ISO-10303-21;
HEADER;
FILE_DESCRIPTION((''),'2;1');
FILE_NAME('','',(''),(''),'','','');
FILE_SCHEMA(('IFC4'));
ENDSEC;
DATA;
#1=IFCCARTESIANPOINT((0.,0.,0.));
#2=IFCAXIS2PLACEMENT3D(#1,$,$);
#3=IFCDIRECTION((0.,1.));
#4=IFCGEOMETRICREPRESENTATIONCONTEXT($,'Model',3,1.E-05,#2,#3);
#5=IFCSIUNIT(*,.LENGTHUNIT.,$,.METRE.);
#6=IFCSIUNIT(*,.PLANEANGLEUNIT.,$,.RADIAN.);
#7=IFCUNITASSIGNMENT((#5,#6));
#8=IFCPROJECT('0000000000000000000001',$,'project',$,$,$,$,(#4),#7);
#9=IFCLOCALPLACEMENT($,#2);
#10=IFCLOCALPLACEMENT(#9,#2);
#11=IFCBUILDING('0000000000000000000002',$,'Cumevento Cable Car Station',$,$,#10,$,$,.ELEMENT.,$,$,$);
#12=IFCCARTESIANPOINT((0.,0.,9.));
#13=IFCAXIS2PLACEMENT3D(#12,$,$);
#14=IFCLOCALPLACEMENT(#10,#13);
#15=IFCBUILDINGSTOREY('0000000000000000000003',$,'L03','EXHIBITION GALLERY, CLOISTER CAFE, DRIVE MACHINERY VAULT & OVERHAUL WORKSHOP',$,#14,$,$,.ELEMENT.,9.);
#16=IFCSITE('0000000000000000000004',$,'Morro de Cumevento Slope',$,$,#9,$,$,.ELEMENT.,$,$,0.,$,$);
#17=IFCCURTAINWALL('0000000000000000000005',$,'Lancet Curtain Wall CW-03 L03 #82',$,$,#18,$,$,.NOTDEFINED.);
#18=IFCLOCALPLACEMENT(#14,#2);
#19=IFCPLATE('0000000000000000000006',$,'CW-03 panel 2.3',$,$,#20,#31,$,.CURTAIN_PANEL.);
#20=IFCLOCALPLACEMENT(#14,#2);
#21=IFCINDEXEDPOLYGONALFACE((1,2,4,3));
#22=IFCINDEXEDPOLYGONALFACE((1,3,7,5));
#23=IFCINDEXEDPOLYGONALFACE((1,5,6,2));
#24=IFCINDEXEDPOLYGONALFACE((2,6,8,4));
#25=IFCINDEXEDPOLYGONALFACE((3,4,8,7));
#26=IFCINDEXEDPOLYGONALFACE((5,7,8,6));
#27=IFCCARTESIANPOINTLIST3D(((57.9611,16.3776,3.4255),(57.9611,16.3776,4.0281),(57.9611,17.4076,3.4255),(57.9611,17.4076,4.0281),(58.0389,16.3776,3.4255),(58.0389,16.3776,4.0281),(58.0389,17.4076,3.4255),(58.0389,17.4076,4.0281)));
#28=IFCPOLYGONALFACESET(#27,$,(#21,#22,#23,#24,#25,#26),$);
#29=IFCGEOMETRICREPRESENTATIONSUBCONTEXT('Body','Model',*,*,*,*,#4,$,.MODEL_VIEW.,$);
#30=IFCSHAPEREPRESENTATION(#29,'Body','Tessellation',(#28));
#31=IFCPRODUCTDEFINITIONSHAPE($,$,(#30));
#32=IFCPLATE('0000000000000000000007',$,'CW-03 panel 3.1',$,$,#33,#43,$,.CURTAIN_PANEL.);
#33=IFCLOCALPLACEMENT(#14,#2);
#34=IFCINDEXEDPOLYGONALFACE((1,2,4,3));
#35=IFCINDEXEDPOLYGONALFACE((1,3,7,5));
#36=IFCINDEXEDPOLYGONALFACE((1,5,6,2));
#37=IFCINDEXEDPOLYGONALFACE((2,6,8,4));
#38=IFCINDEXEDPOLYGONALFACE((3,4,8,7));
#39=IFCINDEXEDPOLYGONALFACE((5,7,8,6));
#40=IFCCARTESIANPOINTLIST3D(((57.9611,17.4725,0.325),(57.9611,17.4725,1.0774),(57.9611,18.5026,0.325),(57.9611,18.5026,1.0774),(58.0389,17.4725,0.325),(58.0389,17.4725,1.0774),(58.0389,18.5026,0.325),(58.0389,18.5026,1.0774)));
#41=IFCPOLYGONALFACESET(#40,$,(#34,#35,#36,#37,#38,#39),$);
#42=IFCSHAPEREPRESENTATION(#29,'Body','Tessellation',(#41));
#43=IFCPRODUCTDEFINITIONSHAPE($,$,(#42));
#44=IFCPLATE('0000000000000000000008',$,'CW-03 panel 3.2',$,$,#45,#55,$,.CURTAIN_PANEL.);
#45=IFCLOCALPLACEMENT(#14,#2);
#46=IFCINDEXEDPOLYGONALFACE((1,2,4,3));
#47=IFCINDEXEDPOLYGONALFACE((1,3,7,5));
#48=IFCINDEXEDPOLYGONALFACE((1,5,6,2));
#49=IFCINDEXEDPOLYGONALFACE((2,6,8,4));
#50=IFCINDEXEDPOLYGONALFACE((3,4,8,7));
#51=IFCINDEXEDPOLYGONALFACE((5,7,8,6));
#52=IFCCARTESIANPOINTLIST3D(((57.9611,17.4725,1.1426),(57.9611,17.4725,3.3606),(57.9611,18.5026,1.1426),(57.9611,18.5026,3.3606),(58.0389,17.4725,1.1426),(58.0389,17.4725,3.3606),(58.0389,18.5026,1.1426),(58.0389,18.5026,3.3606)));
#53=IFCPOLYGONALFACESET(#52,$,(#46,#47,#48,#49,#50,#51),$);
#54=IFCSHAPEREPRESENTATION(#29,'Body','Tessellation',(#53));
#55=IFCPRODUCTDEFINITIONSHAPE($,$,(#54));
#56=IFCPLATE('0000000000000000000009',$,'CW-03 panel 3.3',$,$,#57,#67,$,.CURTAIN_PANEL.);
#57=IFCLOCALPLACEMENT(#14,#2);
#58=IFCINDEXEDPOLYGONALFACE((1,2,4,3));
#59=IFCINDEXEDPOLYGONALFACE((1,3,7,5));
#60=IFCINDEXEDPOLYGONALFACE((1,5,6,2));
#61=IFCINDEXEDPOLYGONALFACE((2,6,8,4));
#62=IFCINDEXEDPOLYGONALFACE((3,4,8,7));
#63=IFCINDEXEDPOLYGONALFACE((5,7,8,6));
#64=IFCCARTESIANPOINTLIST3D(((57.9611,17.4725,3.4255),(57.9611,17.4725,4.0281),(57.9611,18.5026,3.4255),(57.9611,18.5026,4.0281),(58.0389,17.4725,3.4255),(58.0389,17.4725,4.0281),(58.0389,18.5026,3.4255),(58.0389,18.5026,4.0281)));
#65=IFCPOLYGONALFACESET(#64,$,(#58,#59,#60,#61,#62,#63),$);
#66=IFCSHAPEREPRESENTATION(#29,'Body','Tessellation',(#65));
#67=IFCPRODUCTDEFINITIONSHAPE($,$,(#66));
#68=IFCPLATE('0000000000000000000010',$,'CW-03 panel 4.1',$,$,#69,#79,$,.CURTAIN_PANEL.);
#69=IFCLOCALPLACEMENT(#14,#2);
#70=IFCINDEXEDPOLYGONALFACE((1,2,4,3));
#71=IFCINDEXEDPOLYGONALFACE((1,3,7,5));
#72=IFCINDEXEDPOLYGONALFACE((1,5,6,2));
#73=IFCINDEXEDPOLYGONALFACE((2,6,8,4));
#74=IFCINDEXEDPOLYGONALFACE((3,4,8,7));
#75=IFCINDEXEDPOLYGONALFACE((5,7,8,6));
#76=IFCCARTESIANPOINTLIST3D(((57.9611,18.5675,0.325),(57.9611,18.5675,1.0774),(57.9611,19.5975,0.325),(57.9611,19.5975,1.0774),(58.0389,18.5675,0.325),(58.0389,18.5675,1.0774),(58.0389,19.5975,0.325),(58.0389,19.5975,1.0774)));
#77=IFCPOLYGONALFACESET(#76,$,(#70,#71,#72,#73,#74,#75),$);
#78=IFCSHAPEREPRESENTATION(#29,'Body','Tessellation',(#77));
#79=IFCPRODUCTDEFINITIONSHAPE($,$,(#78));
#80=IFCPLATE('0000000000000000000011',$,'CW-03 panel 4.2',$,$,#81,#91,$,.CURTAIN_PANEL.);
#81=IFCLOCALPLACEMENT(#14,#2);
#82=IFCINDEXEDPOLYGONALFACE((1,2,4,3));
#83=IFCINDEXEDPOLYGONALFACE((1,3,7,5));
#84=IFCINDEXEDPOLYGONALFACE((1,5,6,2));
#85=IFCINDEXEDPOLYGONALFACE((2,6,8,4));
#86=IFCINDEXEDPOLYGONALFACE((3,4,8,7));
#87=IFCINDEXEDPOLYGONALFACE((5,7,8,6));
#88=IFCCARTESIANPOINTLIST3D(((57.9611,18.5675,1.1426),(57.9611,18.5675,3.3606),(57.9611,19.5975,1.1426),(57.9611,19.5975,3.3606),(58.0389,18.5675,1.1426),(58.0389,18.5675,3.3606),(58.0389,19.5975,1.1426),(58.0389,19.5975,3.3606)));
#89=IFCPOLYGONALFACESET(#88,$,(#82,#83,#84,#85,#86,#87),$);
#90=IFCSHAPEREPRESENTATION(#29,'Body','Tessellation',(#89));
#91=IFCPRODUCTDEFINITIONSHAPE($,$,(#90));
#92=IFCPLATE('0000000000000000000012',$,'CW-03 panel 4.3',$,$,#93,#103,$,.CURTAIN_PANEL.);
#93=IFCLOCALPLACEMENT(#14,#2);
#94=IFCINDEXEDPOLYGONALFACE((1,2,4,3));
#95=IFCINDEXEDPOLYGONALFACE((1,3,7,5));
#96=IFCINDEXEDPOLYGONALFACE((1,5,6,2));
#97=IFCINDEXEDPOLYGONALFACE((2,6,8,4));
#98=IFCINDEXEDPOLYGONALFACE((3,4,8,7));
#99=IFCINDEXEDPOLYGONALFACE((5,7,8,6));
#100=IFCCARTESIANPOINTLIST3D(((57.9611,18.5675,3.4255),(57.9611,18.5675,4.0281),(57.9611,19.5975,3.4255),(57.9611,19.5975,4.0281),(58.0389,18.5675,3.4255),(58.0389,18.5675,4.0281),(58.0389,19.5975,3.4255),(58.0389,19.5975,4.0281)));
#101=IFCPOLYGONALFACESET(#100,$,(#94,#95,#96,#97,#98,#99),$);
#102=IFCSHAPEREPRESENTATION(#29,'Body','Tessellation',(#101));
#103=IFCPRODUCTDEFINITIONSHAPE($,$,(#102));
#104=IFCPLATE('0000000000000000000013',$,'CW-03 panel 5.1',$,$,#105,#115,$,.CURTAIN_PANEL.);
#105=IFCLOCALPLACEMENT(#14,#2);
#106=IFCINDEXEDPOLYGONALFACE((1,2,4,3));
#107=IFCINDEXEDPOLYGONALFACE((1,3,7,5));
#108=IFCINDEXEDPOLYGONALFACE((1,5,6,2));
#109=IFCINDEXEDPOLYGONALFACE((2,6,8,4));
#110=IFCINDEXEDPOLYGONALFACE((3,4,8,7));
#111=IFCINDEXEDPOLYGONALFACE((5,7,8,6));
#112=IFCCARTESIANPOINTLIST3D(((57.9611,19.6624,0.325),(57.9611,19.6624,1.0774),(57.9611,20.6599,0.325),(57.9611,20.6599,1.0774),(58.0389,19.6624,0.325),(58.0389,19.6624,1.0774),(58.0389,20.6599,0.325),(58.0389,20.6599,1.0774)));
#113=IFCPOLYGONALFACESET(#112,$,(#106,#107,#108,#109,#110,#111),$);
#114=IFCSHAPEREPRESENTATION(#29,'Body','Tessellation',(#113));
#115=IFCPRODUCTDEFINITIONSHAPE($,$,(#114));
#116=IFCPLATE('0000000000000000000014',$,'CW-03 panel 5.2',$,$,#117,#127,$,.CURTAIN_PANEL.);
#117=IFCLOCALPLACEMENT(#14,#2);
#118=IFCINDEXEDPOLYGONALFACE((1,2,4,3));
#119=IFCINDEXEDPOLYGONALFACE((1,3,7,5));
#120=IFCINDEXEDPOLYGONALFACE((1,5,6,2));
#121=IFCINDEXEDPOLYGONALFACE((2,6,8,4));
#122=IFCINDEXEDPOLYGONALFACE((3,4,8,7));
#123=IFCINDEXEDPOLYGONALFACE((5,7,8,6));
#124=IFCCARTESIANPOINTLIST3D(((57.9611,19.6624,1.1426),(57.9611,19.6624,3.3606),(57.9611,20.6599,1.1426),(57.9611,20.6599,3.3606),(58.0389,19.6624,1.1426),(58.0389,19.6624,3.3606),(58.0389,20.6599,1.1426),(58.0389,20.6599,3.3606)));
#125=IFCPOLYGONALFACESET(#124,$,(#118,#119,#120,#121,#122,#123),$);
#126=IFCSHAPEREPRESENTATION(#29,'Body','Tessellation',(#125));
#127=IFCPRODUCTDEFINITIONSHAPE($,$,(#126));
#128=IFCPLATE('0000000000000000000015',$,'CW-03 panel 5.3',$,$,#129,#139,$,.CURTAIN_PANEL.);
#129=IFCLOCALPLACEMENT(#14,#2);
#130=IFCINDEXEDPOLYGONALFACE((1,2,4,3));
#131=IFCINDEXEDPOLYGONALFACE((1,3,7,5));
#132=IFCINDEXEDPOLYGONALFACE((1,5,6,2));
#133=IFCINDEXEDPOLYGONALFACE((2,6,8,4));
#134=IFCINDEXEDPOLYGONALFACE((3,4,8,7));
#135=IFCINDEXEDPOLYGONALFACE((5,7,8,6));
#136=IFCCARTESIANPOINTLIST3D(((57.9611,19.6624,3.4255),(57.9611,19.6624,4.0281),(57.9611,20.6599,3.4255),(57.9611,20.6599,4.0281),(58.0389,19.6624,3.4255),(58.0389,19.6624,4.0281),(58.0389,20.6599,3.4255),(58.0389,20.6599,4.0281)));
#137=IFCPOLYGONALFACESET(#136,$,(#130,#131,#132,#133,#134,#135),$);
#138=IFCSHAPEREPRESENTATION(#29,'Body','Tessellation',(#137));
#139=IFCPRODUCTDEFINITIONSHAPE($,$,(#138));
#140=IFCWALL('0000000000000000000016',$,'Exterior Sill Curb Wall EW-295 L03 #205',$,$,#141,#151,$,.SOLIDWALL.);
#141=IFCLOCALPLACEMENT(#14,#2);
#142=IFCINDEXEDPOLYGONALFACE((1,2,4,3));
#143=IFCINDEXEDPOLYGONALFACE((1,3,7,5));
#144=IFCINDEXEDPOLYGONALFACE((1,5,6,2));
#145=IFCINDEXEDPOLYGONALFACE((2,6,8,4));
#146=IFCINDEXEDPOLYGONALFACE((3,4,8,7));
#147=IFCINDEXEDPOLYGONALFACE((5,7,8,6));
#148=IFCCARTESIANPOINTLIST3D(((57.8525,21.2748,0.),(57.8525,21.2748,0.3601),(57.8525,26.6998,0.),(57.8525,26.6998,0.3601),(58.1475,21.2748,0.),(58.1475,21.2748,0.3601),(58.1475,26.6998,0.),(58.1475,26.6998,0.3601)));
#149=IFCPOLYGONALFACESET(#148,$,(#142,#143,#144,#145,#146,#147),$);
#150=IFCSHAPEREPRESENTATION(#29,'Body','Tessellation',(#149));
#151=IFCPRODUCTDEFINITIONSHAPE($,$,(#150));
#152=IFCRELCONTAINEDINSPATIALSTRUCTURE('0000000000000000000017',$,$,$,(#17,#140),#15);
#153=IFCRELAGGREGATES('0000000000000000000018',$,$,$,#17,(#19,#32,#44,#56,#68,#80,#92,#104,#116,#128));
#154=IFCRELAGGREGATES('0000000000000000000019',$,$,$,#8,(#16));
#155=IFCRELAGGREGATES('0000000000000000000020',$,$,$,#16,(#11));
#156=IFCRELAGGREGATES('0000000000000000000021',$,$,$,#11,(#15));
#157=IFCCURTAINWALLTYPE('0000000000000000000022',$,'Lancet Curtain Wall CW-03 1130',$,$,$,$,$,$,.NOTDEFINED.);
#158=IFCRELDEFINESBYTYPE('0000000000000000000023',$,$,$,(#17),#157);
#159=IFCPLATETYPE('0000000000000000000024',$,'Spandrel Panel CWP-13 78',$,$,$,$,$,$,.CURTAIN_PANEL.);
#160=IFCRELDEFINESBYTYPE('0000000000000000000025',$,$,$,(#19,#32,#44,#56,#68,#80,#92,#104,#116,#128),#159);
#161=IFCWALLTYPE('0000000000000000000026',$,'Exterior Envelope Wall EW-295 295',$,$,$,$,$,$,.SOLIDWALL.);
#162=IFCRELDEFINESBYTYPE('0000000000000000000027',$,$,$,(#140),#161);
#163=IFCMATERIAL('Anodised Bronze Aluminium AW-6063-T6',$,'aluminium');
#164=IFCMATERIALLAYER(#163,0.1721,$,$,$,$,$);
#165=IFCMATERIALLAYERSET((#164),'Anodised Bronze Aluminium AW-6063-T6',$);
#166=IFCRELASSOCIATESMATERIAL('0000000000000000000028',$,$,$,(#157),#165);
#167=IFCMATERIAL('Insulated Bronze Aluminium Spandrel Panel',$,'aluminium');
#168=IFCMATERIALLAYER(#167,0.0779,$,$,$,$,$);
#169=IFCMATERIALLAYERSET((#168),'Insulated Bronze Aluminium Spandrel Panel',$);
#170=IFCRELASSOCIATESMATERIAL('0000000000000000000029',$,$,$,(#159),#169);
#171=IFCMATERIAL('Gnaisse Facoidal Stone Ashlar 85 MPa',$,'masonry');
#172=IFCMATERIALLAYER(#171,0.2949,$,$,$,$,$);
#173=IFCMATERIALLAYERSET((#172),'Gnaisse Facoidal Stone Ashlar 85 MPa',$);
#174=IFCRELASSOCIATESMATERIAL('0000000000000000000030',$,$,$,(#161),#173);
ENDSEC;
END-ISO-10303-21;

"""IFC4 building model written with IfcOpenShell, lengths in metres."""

from ifc_helpers import new_model, si_unit, direction, frame, frame_2d, origin, origin_2d, place, context, subcontext, project, spatial, rectangle, extrude, material, layer, layer_set, type_object, element, aggregate, save


model = new_model("IFC4")

# Units and contexts
model_context = context("Model", 3, precision=1e-05, world=origin(), true_north=direction((0.0, 1.0)))
body_context = subcontext(model_context, "Body", "Model", "MODEL_VIEW")
ifc_project = project(units=[si_unit("LENGTHUNIT", "METRE"), si_unit("PLANEANGLEUNIT", "RADIAN")], contexts=[model_context])

# Site, building, storey
site_placement = place(None, origin())
site = spatial("IfcSite", under=ifc_project, at=site_placement, Name="Morro de Cumevento Slope", CompositionType="ELEMENT", RefElevation=0.0)
building_placement = place(site_placement, origin())
building = spatial("IfcBuilding", under=site, at=building_placement, Name="Cumevento Cable Car Station", CompositionType="ELEMENT")
storey_placement = place(building_placement, frame((0.0, 0.0, 9.0)))
storey = spatial("IfcBuildingStorey", under=building, at=storey_placement, Name="L03", Description="EXHIBITION GALLERY, CLOISTER CAFE, DRIVE MACHINERY VAULT & OVERHAUL WORKSHOP", CompositionType="ELEMENT", Elevation=9.0)

# Curtain wall
ifc_material_1 = material(Name="Anodised Bronze Aluminium AW-6063-T6", Category="aluminium")
ifc_layer_1 = layer(ifc_material_1, 0.1721)
ifc_layer_set_1 = layer_set([ifc_layer_1], Name="Anodised Bronze Aluminium AW-6063-T6")
curtain_wall_type_1 = type_object("IfcCurtainWallType", Name="Lancet Curtain Wall CW-03 1130", PredefinedType="NOTDEFINED", material=ifc_layer_set_1)
curtain_wall_1_placement = place(storey_placement, origin())
curtain_wall_1 = element("IfcCurtainWall", 1, at=curtain_wall_1_placement, inside=storey, type_object=curtain_wall_type_1, Name="Lancet Curtain Wall CW-03 L03 #82", PredefinedType="NOTDEFINED")

# Plates
ifc_material_2 = material(Name="Insulated Bronze Aluminium Spandrel Panel", Category="aluminium")
ifc_layer_2 = layer(ifc_material_2, 0.0779)
ifc_layer_set_2 = layer_set([ifc_layer_2], Name="Insulated Bronze Aluminium Spandrel Panel")
plate_type = type_object("IfcPlateType", Name="Spandrel Panel CWP-13 78", PredefinedType="CURTAIN_PANEL", material=ifc_layer_set_2)
plate_1_placement = place(storey_placement, frame((58.0, 16.8926, 3.4255), z_axis=(0.0, 0.0, 1.0), x_axis=(0.0, 1.0, 0.0)))
plate_1 = element("IfcPlate", 2, at=plate_1_placement, type_object=plate_type, Name="CW-03 panel 2.3", PredefinedType="CURTAIN_PANEL", context=body_context, shape_type="SweptSolid", body=[
    extrude(rectangle(XDim=1.03, YDim=0.0779, at=origin_2d()), origin(), (0.0, 0.0, 1.0), 0.6025),
])
plate_2_placement = place(storey_placement, frame((58.0, 17.9875, 0.325), z_axis=(0.0, 0.0, 1.0), x_axis=(0.0, 1.0, 0.0)))
plate_2 = element("IfcPlate", 3, at=plate_2_placement, type_object=plate_type, Name="CW-03 panel 3.1", PredefinedType="CURTAIN_PANEL", context=body_context, shape_type="SweptSolid", body=[
    extrude(rectangle(XDim=1.03, YDim=0.0779, at=origin_2d()), origin(), (0.0, 0.0, 1.0), 0.7524),
])
plate_3_placement = place(storey_placement, frame((58.0, 17.9875, 1.1426), z_axis=(0.0, 0.0, 1.0), x_axis=(0.0, 1.0, 0.0)))
plate_3 = element("IfcPlate", 4, at=plate_3_placement, type_object=plate_type, Name="CW-03 panel 3.2", PredefinedType="CURTAIN_PANEL", context=body_context, shape_type="SweptSolid", body=[
    extrude(rectangle(XDim=1.03, YDim=0.0779, at=origin_2d()), origin(), (0.0, 0.0, 1.0), 2.218),
])
plate_4_placement = place(storey_placement, frame((58.0, 17.9875, 3.4255), z_axis=(0.0, 0.0, 1.0), x_axis=(0.0, 1.0, 0.0)))
plate_4 = element("IfcPlate", 5, at=plate_4_placement, type_object=plate_type, Name="CW-03 panel 3.3", PredefinedType="CURTAIN_PANEL", context=body_context, shape_type="SweptSolid", body=[
    extrude(rectangle(XDim=1.03, YDim=0.0779, at=origin_2d()), origin(), (0.0, 0.0, 1.0), 0.6025),
])
plate_5_placement = place(storey_placement, frame((58.0, 19.0825, 0.325), z_axis=(0.0, 0.0, 1.0), x_axis=(0.0, 1.0, 0.0)))
plate_5 = element("IfcPlate", 6, at=plate_5_placement, type_object=plate_type, Name="CW-03 panel 4.1", PredefinedType="CURTAIN_PANEL", context=body_context, shape_type="SweptSolid", body=[
    extrude(rectangle(XDim=1.03, YDim=0.0779, at=origin_2d()), origin(), (0.0, 0.0, 1.0), 0.7524),
])
plate_6_placement = place(storey_placement, frame((58.0, 19.0825, 1.1426), z_axis=(0.0, 0.0, 1.0), x_axis=(0.0, 1.0, 0.0)))
plate_6 = element("IfcPlate", 7, at=plate_6_placement, type_object=plate_type, Name="CW-03 panel 4.2", PredefinedType="CURTAIN_PANEL", context=body_context, shape_type="SweptSolid", body=[
    extrude(rectangle(XDim=1.03, YDim=0.0779, at=origin_2d()), origin(), (0.0, 0.0, 1.0), 2.218),
])
plate_7_placement = place(storey_placement, frame((58.0, 19.0825, 3.4255), z_axis=(0.0, 0.0, 1.0), x_axis=(0.0, 1.0, 0.0)))
plate_7 = element("IfcPlate", 8, at=plate_7_placement, type_object=plate_type, Name="CW-03 panel 4.3", PredefinedType="CURTAIN_PANEL", context=body_context, shape_type="SweptSolid", body=[
    extrude(rectangle(XDim=1.03, YDim=0.0779, at=origin_2d()), origin(), (0.0, 0.0, 1.0), 0.6025),
])
plate_8_placement = place(storey_placement, frame((58.0, 20.1611, 0.325), z_axis=(0.0, 0.0, 1.0), x_axis=(0.0, 1.0, 0.0)))
plate_8 = element("IfcPlate", 9, at=plate_8_placement, type_object=plate_type, Name="CW-03 panel 5.1", PredefinedType="CURTAIN_PANEL", context=body_context, shape_type="SweptSolid", body=[
    extrude(rectangle(XDim=0.9976, YDim=0.0779, at=origin_2d()), origin(), (0.0, 0.0, 1.0), 0.7524),
])
plate_9_placement = place(storey_placement, frame((58.0, 20.1611, 1.1426), z_axis=(0.0, 0.0, 1.0), x_axis=(0.0, 1.0, 0.0)))
plate_9 = element("IfcPlate", 10, at=plate_9_placement, type_object=plate_type, Name="CW-03 panel 5.2", PredefinedType="CURTAIN_PANEL", context=body_context, shape_type="SweptSolid", body=[
    extrude(rectangle(XDim=0.9976, YDim=0.0779, at=origin_2d()), origin(), (0.0, 0.0, 1.0), 2.218),
])
plate_10_placement = place(storey_placement, frame((58.0, 20.1611, 3.4255), z_axis=(0.0, 0.0, 1.0), x_axis=(0.0, 1.0, 0.0)))
plate_10 = element("IfcPlate", 11, at=plate_10_placement, type_object=plate_type, Name="CW-03 panel 5.3", PredefinedType="CURTAIN_PANEL", context=body_context, shape_type="SweptSolid", body=[
    extrude(rectangle(XDim=0.9976, YDim=0.0779, at=origin_2d()), origin(), (0.0, 0.0, 1.0), 0.6025),
])
aggregate(curtain_wall_1, [plate_1, plate_2, plate_3, plate_4, plate_5, plate_6, plate_7, plate_8, plate_9, plate_10])

# Wall
ifc_material_3 = material(Name="Gnaisse Facoidal Stone Ashlar 85 MPa", Category="masonry")
ifc_layer_3 = layer(ifc_material_3, 0.2949)
ifc_layer_set_3 = layer_set([ifc_layer_3], Name="Gnaisse Facoidal Stone Ashlar 85 MPa")
wall_type = type_object("IfcWallType", Name="Exterior Envelope Wall EW-295 295", PredefinedType="SOLIDWALL", material=ifc_layer_set_3)
wall_placement = place(storey_placement, frame((58.0, 21.2749, 0.0), z_axis=(0.0, 0.0, 1.0), x_axis=(0.0, 1.0, 0.0)))
element("IfcWall", 12, at=wall_placement, inside=storey, type_object=wall_type, Name="Exterior Sill Curb Wall EW-295 L03 #205", PredefinedType="SOLIDWALL", context=body_context, shape_type="SweptSolid", body=[
    extrude(rectangle(XDim=5.425, YDim=0.2949, at=frame_2d((2.7124, 0.0))), origin(), (0.0, 0.0, 1.0), 0.3601),
])

save(model, "model.ifc")
